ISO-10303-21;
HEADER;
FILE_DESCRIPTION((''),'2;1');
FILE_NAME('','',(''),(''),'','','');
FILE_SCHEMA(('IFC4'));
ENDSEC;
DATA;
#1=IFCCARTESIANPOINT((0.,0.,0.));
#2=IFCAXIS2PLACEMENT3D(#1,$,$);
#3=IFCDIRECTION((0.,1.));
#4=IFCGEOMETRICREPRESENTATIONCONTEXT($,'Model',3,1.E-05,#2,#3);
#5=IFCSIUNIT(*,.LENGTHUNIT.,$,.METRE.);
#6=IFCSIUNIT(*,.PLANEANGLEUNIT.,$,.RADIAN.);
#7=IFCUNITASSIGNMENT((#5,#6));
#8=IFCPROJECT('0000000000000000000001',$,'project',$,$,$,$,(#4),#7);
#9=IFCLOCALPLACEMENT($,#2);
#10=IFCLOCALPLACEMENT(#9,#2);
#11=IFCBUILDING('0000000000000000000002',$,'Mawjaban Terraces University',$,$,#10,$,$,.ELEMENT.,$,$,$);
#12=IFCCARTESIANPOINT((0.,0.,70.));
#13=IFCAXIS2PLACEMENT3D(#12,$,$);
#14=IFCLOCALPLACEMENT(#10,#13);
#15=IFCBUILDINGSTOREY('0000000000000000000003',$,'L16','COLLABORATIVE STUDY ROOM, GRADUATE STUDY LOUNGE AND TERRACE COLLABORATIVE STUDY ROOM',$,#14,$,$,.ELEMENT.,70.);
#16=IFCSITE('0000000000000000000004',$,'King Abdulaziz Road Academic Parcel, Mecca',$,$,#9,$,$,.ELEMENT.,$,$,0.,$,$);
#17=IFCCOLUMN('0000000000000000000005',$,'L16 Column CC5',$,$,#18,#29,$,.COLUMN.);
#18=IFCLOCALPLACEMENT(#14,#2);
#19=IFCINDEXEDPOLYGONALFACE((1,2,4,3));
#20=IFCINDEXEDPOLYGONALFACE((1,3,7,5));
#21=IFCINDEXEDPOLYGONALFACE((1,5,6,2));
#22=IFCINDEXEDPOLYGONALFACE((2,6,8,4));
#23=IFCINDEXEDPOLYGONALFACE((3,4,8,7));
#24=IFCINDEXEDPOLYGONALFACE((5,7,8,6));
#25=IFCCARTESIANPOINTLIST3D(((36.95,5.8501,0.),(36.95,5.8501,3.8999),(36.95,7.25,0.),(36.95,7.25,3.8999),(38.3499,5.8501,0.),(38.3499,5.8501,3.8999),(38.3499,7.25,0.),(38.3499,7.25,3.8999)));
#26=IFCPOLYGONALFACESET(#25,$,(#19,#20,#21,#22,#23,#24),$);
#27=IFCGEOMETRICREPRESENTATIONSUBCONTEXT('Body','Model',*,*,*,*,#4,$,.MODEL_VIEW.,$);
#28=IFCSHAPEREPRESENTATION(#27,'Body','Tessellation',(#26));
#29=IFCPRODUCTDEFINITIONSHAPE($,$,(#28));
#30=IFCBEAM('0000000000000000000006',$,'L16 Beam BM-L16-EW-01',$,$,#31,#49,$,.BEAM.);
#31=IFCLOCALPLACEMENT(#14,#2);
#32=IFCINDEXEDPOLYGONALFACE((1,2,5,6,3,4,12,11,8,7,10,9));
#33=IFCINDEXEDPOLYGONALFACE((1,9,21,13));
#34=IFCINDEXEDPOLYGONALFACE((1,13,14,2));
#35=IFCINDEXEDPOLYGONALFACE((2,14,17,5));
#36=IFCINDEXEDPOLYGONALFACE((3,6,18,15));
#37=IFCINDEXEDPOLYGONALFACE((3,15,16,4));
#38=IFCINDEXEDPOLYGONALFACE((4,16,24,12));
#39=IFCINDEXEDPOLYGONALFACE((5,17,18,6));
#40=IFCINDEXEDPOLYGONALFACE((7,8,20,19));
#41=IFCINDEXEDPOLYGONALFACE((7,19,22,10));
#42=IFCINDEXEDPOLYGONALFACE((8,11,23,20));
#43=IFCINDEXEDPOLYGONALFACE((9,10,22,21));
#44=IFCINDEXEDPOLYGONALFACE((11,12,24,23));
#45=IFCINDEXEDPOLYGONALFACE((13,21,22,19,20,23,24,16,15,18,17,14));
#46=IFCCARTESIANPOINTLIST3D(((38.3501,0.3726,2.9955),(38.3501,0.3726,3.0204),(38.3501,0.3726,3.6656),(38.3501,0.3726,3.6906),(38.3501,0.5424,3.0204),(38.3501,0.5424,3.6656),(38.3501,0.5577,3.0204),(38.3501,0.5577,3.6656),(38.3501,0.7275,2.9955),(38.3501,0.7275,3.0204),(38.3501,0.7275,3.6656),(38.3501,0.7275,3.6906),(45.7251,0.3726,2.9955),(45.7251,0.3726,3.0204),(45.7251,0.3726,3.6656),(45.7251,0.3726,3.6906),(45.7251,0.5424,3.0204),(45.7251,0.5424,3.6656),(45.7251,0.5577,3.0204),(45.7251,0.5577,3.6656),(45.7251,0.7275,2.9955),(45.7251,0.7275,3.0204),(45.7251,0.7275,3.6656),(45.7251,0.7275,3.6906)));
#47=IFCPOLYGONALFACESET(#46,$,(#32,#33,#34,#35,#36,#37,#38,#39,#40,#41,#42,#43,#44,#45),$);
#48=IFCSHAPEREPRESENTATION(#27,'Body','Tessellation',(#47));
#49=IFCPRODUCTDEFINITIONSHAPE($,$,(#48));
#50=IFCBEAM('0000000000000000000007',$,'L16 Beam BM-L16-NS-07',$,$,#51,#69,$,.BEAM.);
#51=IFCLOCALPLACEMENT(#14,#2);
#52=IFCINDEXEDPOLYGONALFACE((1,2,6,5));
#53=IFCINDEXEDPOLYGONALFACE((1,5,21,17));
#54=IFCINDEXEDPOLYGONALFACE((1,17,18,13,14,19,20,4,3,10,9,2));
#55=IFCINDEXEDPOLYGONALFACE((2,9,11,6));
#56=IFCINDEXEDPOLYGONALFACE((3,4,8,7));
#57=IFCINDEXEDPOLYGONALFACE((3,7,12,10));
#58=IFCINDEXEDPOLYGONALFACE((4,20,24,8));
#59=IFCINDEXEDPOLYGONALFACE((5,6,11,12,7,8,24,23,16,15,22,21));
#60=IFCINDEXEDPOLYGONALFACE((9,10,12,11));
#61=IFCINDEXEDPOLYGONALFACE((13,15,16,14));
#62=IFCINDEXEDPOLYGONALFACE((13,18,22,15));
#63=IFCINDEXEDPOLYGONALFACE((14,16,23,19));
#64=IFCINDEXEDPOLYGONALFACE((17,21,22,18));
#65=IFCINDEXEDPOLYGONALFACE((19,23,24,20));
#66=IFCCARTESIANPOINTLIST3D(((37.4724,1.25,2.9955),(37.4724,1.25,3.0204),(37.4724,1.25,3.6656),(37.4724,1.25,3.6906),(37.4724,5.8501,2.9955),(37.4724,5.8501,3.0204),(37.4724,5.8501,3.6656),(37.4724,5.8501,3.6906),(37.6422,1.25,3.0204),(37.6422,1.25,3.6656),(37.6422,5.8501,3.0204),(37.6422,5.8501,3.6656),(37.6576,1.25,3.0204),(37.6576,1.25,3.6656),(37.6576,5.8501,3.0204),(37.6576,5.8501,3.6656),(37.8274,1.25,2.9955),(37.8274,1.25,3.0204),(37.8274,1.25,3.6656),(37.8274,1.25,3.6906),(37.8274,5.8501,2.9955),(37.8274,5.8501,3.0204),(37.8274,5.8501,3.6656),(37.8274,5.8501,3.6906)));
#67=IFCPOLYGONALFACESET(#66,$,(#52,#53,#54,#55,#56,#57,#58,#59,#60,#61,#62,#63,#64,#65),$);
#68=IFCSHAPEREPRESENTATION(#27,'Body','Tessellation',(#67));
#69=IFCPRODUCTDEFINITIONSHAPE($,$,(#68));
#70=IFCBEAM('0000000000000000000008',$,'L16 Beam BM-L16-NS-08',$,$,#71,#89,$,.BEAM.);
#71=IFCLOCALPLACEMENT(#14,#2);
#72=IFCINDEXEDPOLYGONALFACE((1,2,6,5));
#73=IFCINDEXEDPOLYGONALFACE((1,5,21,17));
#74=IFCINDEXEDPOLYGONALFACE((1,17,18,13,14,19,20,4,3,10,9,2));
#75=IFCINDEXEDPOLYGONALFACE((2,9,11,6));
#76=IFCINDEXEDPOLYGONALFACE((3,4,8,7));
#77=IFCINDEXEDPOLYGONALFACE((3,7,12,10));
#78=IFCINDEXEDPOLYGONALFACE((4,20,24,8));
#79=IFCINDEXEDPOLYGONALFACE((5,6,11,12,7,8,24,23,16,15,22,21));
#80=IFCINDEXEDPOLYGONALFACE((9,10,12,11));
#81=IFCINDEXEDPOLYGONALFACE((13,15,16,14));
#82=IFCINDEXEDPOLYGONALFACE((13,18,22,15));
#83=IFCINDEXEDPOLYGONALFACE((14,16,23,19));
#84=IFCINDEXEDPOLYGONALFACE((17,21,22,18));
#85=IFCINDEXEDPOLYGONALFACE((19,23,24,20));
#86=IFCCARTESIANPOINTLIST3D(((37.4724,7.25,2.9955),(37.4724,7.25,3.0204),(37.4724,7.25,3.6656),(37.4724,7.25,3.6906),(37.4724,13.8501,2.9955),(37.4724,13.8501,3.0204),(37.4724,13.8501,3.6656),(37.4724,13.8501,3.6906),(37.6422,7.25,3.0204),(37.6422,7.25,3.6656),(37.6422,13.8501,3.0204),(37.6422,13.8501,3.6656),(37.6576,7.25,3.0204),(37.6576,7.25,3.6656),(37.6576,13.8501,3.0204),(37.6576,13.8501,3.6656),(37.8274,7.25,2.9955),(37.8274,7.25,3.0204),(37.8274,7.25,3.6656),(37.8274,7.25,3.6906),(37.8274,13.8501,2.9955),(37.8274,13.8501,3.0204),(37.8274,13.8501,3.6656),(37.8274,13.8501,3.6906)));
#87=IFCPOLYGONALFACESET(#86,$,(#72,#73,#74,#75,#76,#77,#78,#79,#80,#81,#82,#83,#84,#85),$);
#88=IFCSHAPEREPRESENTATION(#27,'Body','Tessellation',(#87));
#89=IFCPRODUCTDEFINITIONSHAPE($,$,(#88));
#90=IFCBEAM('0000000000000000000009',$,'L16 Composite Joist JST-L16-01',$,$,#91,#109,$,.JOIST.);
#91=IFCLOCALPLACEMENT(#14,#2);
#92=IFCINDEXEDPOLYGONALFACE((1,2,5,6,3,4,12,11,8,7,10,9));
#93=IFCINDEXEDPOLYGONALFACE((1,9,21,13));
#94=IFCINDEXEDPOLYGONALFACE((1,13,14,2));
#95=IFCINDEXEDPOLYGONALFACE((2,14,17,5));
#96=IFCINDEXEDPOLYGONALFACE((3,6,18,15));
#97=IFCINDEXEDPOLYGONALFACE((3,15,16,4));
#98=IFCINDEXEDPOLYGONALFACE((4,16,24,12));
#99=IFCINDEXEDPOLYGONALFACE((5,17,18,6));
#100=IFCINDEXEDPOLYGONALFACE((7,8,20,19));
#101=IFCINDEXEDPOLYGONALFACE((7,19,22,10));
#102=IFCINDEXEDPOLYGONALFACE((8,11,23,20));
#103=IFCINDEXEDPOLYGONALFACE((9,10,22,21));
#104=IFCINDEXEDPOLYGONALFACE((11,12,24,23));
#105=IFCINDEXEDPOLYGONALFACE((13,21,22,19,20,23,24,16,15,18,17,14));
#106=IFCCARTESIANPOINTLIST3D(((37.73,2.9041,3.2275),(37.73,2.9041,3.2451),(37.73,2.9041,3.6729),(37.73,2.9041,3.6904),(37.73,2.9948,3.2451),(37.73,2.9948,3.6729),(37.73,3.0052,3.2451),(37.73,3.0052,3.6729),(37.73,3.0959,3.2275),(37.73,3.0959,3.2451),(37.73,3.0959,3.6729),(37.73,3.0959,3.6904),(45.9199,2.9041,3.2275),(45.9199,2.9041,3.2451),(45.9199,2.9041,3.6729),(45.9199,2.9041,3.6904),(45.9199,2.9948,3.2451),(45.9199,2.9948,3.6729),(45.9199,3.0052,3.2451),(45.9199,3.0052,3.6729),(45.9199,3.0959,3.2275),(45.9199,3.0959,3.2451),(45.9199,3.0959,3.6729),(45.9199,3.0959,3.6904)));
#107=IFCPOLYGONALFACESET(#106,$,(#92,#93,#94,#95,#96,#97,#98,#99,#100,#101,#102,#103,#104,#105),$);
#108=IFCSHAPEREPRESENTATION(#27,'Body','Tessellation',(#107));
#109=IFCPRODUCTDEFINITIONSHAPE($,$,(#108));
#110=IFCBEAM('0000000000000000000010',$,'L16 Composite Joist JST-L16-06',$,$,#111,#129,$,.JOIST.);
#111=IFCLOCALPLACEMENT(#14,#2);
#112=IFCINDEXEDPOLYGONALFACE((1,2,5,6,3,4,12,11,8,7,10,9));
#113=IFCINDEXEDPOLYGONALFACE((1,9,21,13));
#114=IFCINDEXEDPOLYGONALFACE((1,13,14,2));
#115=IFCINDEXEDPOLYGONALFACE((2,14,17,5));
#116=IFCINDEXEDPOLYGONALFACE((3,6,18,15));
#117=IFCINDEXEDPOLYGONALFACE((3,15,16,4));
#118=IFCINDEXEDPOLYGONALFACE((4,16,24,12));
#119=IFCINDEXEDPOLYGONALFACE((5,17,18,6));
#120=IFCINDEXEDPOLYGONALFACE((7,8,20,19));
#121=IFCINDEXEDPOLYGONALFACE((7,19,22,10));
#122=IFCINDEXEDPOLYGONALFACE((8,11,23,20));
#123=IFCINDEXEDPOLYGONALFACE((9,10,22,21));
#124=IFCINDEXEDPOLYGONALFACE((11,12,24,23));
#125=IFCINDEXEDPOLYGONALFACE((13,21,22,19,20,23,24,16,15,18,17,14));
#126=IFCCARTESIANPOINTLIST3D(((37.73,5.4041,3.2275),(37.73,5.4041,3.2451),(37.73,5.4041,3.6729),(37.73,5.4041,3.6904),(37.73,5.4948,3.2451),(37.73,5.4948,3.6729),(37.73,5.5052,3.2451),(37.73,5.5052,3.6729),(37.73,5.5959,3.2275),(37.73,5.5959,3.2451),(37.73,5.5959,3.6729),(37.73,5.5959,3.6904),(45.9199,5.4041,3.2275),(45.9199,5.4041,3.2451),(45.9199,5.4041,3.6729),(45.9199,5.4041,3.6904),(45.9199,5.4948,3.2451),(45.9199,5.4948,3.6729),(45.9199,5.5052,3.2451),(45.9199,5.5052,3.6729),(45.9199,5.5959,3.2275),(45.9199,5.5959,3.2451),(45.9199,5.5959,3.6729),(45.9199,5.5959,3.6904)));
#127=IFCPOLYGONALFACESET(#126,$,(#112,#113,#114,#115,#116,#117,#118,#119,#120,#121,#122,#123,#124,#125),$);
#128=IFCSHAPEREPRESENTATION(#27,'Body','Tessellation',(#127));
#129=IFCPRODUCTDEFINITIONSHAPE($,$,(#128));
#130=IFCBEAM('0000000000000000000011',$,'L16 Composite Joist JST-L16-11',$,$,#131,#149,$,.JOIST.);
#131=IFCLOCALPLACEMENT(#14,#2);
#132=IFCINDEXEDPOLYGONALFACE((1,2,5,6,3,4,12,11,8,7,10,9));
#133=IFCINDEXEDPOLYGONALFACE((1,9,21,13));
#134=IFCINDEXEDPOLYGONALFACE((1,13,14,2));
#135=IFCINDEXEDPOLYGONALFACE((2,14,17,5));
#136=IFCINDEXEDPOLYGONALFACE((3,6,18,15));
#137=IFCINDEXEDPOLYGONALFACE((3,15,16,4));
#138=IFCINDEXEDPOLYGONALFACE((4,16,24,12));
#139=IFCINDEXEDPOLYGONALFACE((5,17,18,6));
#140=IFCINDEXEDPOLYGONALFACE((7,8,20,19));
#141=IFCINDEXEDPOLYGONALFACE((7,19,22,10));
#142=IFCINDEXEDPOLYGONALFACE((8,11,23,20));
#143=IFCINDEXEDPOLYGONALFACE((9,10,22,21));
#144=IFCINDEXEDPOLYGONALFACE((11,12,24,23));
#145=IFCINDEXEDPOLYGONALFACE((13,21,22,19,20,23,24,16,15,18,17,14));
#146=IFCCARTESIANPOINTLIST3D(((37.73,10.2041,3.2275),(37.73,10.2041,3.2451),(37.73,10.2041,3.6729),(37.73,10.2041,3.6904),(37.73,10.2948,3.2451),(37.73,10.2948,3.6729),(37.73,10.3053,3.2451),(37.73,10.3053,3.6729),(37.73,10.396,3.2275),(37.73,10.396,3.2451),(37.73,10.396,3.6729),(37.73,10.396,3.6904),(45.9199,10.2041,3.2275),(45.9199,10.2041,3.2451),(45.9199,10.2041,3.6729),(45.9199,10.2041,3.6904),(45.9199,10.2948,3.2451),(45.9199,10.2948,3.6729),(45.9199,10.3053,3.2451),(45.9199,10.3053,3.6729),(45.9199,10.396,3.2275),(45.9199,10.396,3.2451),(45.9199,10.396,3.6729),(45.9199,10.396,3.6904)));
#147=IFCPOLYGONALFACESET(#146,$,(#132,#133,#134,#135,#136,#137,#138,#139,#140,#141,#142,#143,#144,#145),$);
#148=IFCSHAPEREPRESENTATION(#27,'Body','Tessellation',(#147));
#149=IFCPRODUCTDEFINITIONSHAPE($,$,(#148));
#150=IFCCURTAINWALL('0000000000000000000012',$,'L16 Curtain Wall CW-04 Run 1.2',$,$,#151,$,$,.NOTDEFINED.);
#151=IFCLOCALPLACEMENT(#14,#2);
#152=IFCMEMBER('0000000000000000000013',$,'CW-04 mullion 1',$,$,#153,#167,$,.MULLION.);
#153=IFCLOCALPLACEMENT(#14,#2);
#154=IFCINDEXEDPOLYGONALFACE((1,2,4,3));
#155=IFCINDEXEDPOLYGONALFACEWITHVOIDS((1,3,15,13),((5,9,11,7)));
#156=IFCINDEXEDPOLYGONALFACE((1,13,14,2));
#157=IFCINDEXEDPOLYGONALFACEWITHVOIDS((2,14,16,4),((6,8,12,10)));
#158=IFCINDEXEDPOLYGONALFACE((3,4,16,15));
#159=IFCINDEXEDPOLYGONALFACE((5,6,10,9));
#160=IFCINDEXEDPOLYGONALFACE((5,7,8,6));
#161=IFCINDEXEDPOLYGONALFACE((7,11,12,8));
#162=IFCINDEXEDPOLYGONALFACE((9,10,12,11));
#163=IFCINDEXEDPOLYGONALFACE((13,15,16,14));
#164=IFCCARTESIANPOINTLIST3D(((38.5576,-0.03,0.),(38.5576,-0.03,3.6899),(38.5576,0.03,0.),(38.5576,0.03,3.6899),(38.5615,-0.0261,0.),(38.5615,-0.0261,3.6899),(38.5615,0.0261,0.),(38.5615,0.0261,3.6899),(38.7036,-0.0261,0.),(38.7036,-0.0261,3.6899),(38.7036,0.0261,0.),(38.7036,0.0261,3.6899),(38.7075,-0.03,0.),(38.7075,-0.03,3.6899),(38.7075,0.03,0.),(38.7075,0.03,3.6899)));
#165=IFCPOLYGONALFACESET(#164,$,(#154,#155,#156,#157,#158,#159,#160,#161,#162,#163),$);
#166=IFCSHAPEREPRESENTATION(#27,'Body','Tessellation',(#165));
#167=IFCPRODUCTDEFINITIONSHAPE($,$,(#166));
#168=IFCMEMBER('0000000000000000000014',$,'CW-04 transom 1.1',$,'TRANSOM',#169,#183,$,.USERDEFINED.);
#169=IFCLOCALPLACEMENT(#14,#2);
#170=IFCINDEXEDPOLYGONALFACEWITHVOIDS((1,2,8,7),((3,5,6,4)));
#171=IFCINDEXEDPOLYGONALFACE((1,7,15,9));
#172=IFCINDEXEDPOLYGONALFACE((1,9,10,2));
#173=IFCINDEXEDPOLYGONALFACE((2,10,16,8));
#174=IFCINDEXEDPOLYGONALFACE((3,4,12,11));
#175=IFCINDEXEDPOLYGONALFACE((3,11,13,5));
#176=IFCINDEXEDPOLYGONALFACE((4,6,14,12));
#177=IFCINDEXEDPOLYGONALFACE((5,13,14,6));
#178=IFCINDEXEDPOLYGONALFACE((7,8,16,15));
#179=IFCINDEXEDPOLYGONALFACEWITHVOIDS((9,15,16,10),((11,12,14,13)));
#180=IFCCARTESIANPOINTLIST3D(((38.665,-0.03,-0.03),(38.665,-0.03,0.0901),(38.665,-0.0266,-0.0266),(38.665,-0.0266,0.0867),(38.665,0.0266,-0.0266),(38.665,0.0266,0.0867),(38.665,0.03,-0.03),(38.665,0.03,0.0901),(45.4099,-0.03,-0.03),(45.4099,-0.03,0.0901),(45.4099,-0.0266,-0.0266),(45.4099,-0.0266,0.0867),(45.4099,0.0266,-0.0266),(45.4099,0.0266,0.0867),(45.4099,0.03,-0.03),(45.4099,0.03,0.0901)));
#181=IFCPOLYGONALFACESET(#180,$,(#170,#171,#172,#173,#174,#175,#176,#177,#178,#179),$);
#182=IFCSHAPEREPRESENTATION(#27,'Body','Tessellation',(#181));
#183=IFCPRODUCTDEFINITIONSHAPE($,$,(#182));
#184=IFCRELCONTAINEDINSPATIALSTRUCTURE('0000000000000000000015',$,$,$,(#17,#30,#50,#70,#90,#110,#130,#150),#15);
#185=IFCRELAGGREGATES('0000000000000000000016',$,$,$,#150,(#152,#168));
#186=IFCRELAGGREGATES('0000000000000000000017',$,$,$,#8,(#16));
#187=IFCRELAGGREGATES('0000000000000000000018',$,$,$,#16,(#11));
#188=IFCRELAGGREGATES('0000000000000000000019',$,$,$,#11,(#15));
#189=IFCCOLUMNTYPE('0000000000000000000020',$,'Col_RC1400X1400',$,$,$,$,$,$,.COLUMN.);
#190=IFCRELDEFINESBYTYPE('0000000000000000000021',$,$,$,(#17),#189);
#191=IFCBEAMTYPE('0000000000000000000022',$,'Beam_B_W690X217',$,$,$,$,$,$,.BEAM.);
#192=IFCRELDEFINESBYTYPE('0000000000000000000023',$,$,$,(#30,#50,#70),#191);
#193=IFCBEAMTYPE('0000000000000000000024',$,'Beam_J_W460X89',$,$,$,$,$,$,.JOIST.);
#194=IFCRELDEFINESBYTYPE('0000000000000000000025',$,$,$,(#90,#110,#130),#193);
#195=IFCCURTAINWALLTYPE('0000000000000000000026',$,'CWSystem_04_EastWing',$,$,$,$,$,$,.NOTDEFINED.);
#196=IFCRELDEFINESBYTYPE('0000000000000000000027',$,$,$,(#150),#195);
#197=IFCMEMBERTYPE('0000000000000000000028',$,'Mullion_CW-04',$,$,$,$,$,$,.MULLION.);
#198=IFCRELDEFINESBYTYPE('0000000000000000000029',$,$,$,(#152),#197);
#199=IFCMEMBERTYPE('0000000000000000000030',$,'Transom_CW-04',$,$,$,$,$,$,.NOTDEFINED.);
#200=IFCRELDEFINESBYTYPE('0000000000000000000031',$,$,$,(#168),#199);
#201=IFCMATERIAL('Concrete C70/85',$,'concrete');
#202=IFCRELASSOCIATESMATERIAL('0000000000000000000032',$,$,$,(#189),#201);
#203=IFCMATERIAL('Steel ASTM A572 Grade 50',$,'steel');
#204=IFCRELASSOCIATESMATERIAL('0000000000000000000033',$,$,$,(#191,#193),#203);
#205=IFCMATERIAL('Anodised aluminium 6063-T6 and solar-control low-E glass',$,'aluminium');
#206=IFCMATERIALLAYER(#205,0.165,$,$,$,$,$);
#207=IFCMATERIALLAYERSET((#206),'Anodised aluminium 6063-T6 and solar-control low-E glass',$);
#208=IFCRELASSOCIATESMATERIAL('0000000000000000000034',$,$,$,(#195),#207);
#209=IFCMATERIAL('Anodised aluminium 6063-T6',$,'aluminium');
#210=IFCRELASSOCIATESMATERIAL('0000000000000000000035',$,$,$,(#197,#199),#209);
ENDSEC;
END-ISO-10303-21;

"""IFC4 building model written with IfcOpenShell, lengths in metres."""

from ifc_helpers import new_model, si_unit, direction, frame, origin, origin_2d, place, context, subcontext, project, spatial, rectangle, hollow_rectangle, i_section, extrude, material, layer, layer_set, material_profile, profile_set, type_object, element, aggregate, save


model = new_model("IFC4")

# Units and contexts
model_context = context("Model", 3, precision=1e-05, world=origin(), true_north=direction((0.0, 1.0)))
body_context = subcontext(model_context, "Body", "Model", "MODEL_VIEW")
ifc_project = project(units=[si_unit("LENGTHUNIT", "METRE"), si_unit("PLANEANGLEUNIT", "RADIAN")], contexts=[model_context])

# Site, building, storey
site_placement = place(None, origin())
site = spatial("IfcSite", under=ifc_project, at=site_placement, Name="King Abdulaziz Road Academic Parcel, Mecca", CompositionType="ELEMENT", RefElevation=0.0)
building_placement = place(site_placement, origin())
building = spatial("IfcBuilding", under=site, at=building_placement, Name="Mawjaban Terraces University", CompositionType="ELEMENT")
storey_placement = place(building_placement, frame((0.0, 0.0, 70.0)))
storey = spatial("IfcBuildingStorey", under=building, at=storey_placement, Name="L16", Description="COLLABORATIVE STUDY ROOM, GRADUATE STUDY LOUNGE AND TERRACE COLLABORATIVE STUDY ROOM", CompositionType="ELEMENT", Elevation=70.0)

# Column
ifc_material_1 = material(Name="Concrete C70/85", Category="concrete")
ifc_material_profile_1 = material_profile(ifc_material_1, rectangle(XDim=1.3999, YDim=1.3999, at=origin_2d()), Name="RC1400X1400")
ifc_profile_set_1 = profile_set([ifc_material_profile_1], Name="Concrete C70/85")
column_type = type_object("IfcColumnType", Name="Col_RC1400X1400", PredefinedType="COLUMN", material=ifc_profile_set_1)
column_placement = place(storey_placement, frame((37.6499, 6.55, 0.0), z_axis=(0.0, 0.0, 1.0), x_axis=(1.0, 0.0, 0.0)))
element("IfcColumn", 1, at=column_placement, inside=storey, type_object=column_type, Name="L16 Column CC5", PredefinedType="COLUMN", context=body_context, shape_type="SweptSolid", body=[
    extrude(rectangle(XDim=1.3999, YDim=1.3999, at=origin_2d()), origin(), (0.0, 0.0, 1.0), 3.8999),
])

# Beams
ifc_material_2 = material(Name="Steel ASTM A572 Grade 50", Category="steel")
ifc_material_profile_2 = material_profile(ifc_material_2, i_section(OverallWidth=0.355, OverallDepth=0.6951, WebThickness=0.0154, FlangeThickness=0.0249, at=origin_2d()), Name="W690X217")
ifc_profile_set_2 = profile_set([ifc_material_profile_2], Name="Steel ASTM A572 Grade 50")
beam_type_1 = type_object("IfcBeamType", Name="Beam_B_W690X217", PredefinedType="BEAM", material=ifc_profile_set_2)
beam_1_placement = place(storey_placement, frame((38.3501, 0.55, 3.343), z_axis=(1.0, 0.0, 0.0), x_axis=(0.0, 1.0, 0.0)))
element("IfcBeam", 2, at=beam_1_placement, inside=storey, type_object=beam_type_1, Name="L16 Beam BM-L16-EW-01", PredefinedType="BEAM", context=body_context, shape_type="SweptSolid", body=[
    extrude(i_section(OverallWidth=0.355, OverallDepth=0.6951, WebThickness=0.0154, FlangeThickness=0.0249, at=origin_2d()), origin(), (0.0, 0.0, 1.0), 7.375),
])
beam_2_placement = place(storey_placement, frame((37.6499, 1.25, 3.343), z_axis=(0.0, 1.0, 0.0), x_axis=(-1.0, 0.0, 0.0)))
element("IfcBeam", 3, at=beam_2_placement, inside=storey, type_object=beam_type_1, Name="L16 Beam BM-L16-NS-07", PredefinedType="BEAM", context=body_context, shape_type="SweptSolid", body=[
    extrude(i_section(OverallWidth=0.355, OverallDepth=0.6951, WebThickness=0.0154, FlangeThickness=0.0249, at=origin_2d()), origin(), (0.0, 0.0, 1.0), 4.6001),
])
beam_3_placement = place(storey_placement, frame((37.6499, 7.25, 3.343), z_axis=(0.0, 1.0, 0.0), x_axis=(-1.0, 0.0, 0.0)))
element("IfcBeam", 4, at=beam_3_placement, inside=storey, type_object=beam_type_1, Name="L16 Beam BM-L16-NS-08", PredefinedType="BEAM", context=body_context, shape_type="SweptSolid", body=[
    extrude(i_section(OverallWidth=0.355, OverallDepth=0.6951, WebThickness=0.0154, FlangeThickness=0.0249, at=origin_2d()), origin(), (0.0, 0.0, 1.0), 6.6001),
])
ifc_material_profile_3 = material_profile(ifc_material_2, i_section(OverallWidth=0.1919, OverallDepth=0.4629, WebThickness=0.0105, FlangeThickness=0.0176, at=origin_2d()), Name="W460X89")
ifc_profile_set_3 = profile_set([ifc_material_profile_3], Name="Steel ASTM A572 Grade 50")
beam_type_2 = type_object("IfcBeamType", Name="Beam_J_W460X89", PredefinedType="JOIST", material=ifc_profile_set_3)
for number, where, z_axis, x_axis, name in (
    (5, (37.73, 3.0, 3.459), (1.0, 0.0, 0.0), (0.0, 1.0, 0.0), "L16 Composite Joist JST-L16-01"),
    (6, (37.73, 5.5, 3.459), (1.0, 0.0, 0.0), (0.0, 1.0, 0.0), "L16 Composite Joist JST-L16-06"),
    (7, (37.73, 10.3, 3.459), (1.0, 0.0, 0.0), (0.0, 1.0, 0.0), "L16 Composite Joist JST-L16-11"),
):
    element("IfcBeam", number, at=place(storey_placement, frame(where, z_axis=z_axis, x_axis=x_axis)), inside=storey, type_object=beam_type_2, Name=name, PredefinedType="JOIST", context=body_context, shape_type="SweptSolid", body=[
        extrude(i_section(OverallWidth=0.1919, OverallDepth=0.4629, WebThickness=0.0105, FlangeThickness=0.0176, at=origin_2d()), origin(), (0.0, 0.0, 1.0), 8.1899),
    ])

# Curtain wall, members
ifc_material_3 = material(Name="Anodised aluminium 6063-T6 and solar-control low-E glass", Category="aluminium")
ifc_layer_1 = layer(ifc_material_3, 0.165)
ifc_layer_set_1 = layer_set([ifc_layer_1], Name="Anodised aluminium 6063-T6 and solar-control low-E glass")
curtain_wall_type = type_object("IfcCurtainWallType", Name="CWSystem_04_EastWing", PredefinedType="NOTDEFINED", material=ifc_layer_set_1)
curtain_wall_placement = place(storey_placement, origin())
curtain_wall = element("IfcCurtainWall", 8, at=curtain_wall_placement, inside=storey, type_object=curtain_wall_type, Name="L16 Curtain Wall CW-04 Run 1.2", PredefinedType="NOTDEFINED")
ifc_material_4 = material(Name="Anodised aluminium 6063-T6", Category="aluminium")
ifc_material_profile_4 = material_profile(ifc_material_4, hollow_rectangle(XDim=0.0601, YDim=0.1499, WallThickness=0.0039, at=origin_2d()), Name="ALU150X60X4")
ifc_profile_set_4 = profile_set([ifc_material_profile_4], Name="Anodised aluminium 6063-T6")
member_type_1 = type_object("IfcMemberType", Name="Mullion_CW-04", PredefinedType="MULLION", material=ifc_profile_set_4)
member_1_placement = place(storey_placement, frame((38.6326, 0.0, 0.0), z_axis=(0.0, 0.0, 1.0), x_axis=(0.0, 1.0, 0.0)))
member_1 = element("IfcMember", 9, at=member_1_placement, type_object=member_type_1, Name="CW-04 mullion 1", PredefinedType="MULLION", context=body_context, shape_type="SweptSolid", body=[
    extrude(hollow_rectangle(XDim=0.0601, YDim=0.1499, WallThickness=0.0039, at=origin_2d()), origin(), (0.0, 0.0, 1.0), 3.6899),
])
ifc_material_profile_5 = material_profile(ifc_material_4, hollow_rectangle(XDim=0.0601, YDim=0.1201, WallThickness=0.0034, at=origin_2d()), Name="ALU120X60X3.5")
ifc_profile_set_5 = profile_set([ifc_material_profile_5], Name="Anodised aluminium 6063-T6")
member_type_2 = type_object("IfcMemberType", Name="Transom_CW-04", PredefinedType="NOTDEFINED", material=ifc_profile_set_5)
member_2_placement = place(storey_placement, frame((38.665, 0.0, 0.03), z_axis=(1.0, 0.0, 0.0), x_axis=(0.0, 1.0, 0.0)))
member_2 = element("IfcMember", 10, at=member_2_placement, type_object=member_type_2, Name="CW-04 transom 1.1", ObjectType="TRANSOM", PredefinedType="USERDEFINED", context=body_context, shape_type="SweptSolid", body=[
    extrude(hollow_rectangle(XDim=0.0601, YDim=0.1201, WallThickness=0.0034, at=origin_2d()), origin(), (0.0, 0.0, 1.0), 6.7449),
])
aggregate(curtain_wall, [member_1, member_2])

save(model, "model.ifc")
